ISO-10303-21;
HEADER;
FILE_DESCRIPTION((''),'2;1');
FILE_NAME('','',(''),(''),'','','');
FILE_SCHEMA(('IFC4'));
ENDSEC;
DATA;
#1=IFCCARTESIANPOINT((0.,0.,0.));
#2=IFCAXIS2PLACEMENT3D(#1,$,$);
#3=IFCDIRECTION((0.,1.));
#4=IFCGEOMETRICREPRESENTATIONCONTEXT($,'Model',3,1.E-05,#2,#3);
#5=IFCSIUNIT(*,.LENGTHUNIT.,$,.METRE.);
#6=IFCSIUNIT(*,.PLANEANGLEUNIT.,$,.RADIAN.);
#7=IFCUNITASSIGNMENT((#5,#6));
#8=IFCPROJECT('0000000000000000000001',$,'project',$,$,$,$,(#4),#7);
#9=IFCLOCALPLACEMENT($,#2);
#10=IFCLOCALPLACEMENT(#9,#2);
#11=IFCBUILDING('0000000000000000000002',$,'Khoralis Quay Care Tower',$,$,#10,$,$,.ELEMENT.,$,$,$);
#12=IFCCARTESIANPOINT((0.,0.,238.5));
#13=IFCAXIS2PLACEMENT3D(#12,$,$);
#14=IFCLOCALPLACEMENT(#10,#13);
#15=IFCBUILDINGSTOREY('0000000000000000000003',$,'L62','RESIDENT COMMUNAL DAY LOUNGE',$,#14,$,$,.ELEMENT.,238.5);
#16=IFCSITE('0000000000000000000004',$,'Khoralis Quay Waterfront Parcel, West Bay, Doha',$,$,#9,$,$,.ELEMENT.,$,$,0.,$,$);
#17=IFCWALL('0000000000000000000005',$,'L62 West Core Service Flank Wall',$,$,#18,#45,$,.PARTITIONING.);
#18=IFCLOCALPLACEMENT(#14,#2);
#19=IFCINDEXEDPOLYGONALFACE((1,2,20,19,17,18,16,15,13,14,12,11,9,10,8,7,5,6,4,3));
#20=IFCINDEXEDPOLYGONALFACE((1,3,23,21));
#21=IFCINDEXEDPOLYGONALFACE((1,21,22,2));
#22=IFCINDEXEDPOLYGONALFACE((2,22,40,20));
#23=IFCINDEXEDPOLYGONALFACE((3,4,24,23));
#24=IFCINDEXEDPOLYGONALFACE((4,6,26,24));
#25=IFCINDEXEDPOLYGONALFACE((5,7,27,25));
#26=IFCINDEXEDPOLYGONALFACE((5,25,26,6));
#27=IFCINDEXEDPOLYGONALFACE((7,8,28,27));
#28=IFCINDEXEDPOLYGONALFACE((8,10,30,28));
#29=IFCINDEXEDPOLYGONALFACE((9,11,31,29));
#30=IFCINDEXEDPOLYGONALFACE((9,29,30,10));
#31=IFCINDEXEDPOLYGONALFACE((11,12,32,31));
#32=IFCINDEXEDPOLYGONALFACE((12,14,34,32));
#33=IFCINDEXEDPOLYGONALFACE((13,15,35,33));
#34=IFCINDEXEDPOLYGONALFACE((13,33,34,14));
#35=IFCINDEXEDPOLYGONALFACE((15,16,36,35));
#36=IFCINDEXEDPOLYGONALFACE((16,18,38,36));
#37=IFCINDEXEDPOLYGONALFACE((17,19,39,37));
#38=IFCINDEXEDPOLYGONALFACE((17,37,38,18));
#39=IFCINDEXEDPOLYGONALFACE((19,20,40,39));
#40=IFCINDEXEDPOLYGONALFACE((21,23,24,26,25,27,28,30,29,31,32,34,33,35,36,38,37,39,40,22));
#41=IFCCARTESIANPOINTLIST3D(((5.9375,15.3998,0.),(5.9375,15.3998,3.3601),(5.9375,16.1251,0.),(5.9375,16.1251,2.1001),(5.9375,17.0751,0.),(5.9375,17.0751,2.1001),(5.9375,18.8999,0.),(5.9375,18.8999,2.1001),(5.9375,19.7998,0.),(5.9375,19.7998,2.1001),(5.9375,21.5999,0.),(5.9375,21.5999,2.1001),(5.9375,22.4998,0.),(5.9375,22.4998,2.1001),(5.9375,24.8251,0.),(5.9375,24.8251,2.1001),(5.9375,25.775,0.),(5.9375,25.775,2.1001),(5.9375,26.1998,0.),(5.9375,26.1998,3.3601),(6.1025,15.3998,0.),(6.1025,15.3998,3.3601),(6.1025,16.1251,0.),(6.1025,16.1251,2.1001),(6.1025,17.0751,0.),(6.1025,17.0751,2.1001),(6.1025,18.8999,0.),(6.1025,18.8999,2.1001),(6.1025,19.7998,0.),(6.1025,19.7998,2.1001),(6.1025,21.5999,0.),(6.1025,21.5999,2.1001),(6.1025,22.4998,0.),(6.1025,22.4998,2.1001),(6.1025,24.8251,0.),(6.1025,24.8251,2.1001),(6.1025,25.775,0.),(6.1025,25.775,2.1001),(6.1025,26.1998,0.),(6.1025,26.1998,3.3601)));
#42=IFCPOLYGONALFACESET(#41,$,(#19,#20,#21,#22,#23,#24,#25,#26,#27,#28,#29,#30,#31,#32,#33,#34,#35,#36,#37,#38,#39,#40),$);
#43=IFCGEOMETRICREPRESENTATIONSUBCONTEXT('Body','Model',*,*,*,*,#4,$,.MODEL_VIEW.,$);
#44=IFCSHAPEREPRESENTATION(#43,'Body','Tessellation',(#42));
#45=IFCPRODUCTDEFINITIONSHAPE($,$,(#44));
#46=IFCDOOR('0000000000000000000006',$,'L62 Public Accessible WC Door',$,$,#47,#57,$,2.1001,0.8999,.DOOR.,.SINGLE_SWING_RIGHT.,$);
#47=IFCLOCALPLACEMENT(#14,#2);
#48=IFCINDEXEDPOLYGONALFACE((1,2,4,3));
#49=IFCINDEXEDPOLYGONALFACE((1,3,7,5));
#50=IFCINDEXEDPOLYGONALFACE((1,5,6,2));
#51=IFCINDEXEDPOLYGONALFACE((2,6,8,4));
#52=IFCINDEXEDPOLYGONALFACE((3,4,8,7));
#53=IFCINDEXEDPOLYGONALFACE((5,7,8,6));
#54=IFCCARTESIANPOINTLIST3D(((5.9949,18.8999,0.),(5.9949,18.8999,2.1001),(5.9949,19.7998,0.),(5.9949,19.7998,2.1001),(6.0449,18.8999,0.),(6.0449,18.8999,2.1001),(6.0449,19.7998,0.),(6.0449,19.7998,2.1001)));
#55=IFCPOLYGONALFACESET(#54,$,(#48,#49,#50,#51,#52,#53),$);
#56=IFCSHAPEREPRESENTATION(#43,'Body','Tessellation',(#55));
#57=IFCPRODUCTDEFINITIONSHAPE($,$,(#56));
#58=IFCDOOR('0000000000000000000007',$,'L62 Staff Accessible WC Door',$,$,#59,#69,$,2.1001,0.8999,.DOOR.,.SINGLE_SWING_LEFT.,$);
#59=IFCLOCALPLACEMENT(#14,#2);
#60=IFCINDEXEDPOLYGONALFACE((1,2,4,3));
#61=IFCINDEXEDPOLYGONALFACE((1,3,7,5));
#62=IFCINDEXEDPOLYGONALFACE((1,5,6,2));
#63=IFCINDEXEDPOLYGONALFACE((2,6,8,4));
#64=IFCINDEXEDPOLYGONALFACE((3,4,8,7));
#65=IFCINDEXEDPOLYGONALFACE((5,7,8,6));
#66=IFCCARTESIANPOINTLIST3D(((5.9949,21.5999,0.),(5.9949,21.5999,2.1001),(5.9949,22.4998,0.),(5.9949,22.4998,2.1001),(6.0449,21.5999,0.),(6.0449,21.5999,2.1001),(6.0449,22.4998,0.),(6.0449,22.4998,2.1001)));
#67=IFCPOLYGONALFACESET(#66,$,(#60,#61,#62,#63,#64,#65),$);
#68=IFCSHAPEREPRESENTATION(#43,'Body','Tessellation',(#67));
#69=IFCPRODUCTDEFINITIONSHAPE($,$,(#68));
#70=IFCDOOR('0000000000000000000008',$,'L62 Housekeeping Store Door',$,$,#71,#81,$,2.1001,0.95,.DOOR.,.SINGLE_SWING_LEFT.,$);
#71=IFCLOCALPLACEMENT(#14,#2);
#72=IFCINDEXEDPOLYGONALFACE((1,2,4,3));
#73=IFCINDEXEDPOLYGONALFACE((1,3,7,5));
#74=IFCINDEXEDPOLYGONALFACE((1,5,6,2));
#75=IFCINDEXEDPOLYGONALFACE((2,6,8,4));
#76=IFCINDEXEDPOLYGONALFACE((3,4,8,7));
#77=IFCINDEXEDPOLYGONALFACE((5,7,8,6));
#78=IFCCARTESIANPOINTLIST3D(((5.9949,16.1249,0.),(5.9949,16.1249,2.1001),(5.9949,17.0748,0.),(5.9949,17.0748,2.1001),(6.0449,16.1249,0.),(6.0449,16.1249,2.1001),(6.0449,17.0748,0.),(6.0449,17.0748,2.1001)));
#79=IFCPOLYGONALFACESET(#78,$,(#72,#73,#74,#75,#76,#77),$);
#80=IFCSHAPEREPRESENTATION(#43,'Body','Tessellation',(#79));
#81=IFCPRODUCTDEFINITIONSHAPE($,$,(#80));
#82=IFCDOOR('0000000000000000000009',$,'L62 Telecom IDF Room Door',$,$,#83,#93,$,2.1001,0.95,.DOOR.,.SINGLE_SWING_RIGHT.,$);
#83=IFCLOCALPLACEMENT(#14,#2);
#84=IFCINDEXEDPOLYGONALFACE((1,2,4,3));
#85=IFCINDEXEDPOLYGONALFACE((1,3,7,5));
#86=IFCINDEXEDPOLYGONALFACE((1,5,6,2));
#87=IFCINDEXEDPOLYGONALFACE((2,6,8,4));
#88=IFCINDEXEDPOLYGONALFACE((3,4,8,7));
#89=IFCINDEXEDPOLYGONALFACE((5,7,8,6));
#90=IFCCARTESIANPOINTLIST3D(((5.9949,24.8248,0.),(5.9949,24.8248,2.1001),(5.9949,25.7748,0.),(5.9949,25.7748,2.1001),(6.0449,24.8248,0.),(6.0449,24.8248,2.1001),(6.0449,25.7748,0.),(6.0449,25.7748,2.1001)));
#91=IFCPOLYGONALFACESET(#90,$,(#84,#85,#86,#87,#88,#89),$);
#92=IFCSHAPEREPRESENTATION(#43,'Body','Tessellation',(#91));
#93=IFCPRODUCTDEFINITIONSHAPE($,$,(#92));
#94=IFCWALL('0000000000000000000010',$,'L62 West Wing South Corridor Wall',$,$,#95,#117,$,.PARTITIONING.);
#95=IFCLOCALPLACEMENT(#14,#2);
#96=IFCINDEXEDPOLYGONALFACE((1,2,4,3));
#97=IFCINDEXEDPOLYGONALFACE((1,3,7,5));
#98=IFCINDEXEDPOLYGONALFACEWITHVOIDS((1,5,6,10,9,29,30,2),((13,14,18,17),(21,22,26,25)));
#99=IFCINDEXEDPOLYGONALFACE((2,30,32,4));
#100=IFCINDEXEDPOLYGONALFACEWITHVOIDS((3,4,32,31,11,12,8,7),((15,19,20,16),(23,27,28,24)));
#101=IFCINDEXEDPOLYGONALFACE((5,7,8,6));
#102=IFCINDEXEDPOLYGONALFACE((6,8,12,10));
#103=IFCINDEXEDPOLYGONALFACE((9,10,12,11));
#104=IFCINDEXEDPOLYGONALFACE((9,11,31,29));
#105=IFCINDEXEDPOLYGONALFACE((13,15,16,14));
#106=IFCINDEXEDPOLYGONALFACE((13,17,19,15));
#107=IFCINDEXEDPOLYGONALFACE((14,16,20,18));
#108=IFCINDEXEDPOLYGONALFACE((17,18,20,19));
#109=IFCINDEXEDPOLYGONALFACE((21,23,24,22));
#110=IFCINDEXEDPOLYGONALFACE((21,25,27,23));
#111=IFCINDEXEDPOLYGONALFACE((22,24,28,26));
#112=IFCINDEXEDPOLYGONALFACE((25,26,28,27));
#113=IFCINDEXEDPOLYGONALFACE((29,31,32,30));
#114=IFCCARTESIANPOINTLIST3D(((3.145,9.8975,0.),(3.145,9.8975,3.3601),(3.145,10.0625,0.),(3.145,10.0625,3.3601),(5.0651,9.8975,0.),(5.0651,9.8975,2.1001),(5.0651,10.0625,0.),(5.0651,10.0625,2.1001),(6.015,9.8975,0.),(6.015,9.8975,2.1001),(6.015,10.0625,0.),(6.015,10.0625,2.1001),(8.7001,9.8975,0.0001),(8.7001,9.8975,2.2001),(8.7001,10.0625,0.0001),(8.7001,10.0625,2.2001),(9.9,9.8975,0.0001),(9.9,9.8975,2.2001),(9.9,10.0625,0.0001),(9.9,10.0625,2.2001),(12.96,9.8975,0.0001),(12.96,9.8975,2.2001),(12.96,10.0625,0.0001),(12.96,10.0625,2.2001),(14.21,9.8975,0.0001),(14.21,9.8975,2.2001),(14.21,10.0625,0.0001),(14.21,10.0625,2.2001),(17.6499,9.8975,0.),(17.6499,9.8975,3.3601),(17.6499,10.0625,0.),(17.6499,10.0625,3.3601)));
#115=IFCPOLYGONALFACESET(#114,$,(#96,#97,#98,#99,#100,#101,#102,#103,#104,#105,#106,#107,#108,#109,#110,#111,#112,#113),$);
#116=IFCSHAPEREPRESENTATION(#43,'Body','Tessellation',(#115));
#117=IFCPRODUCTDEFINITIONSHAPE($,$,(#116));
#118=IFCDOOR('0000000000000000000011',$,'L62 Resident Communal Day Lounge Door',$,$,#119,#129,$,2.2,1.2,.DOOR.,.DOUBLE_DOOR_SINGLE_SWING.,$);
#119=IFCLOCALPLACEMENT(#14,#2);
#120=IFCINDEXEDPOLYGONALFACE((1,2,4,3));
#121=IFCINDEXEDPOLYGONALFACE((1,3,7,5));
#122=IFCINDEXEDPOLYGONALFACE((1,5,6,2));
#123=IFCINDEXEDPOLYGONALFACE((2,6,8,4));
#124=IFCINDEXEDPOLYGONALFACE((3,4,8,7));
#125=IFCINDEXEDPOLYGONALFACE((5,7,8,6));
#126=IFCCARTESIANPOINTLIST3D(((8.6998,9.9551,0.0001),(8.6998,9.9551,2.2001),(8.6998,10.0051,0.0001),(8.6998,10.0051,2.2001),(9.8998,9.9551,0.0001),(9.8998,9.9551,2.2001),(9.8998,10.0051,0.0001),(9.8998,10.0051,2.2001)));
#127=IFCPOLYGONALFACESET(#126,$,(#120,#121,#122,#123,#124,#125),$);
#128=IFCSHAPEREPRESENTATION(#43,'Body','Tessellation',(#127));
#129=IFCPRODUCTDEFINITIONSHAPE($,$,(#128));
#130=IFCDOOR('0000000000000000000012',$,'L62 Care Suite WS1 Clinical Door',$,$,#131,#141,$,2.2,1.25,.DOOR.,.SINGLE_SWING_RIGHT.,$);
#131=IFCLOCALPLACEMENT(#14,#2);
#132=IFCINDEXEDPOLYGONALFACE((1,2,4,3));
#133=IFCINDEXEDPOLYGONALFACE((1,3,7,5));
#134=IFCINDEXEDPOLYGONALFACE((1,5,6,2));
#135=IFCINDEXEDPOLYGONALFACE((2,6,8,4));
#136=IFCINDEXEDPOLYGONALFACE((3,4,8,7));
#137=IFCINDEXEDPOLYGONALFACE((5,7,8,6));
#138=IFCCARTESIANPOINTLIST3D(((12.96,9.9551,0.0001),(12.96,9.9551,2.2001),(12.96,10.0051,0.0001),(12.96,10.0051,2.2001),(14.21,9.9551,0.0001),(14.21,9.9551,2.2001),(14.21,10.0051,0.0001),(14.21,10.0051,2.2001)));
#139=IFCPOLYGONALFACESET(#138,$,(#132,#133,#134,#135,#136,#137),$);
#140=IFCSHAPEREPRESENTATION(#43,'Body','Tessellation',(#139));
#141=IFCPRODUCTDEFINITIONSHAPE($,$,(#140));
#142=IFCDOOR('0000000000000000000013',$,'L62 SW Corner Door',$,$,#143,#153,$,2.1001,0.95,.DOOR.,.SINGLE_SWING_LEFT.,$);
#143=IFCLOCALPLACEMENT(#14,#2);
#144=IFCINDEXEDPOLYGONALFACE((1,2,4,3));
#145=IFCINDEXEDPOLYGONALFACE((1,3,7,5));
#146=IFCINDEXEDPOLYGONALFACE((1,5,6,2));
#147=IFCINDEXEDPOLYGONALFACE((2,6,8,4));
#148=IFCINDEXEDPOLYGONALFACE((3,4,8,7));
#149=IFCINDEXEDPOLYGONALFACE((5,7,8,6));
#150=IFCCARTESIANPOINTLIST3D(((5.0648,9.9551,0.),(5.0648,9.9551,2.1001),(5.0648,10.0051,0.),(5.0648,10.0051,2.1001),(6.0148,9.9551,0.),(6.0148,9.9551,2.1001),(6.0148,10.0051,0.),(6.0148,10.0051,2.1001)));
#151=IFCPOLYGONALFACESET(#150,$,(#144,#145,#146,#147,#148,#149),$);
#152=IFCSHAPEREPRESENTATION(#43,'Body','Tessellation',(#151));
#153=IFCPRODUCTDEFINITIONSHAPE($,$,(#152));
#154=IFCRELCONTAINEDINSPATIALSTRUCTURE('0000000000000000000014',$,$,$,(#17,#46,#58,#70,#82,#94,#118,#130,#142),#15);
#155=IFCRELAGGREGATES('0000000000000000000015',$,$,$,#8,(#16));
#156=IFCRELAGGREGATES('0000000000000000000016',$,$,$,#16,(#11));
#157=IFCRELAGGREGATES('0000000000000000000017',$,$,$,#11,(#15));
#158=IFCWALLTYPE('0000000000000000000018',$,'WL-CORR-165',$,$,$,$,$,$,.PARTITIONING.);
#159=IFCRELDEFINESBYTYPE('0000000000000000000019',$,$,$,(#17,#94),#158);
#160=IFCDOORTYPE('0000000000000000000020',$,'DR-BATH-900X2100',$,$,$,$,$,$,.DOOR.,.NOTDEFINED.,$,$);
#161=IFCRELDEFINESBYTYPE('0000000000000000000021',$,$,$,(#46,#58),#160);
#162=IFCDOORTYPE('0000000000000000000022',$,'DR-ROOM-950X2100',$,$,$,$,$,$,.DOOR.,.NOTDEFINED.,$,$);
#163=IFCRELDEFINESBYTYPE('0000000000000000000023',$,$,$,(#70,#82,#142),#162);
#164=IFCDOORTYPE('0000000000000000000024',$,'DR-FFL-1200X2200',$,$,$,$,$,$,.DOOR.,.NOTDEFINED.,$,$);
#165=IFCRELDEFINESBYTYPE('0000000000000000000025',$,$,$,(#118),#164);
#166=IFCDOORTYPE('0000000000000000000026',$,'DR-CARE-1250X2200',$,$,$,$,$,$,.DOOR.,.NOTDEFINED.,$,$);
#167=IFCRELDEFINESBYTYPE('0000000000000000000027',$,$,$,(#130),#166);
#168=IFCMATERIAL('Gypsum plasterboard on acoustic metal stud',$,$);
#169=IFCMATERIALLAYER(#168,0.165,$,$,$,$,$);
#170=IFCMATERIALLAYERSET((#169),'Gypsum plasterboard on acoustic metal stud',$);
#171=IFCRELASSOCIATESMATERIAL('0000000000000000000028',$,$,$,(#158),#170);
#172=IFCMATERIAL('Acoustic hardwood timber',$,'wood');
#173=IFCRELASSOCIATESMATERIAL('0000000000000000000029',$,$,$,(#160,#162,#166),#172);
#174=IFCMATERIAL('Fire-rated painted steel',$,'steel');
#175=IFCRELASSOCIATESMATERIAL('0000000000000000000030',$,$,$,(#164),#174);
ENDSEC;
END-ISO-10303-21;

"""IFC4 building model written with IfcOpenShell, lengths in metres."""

from ifc_helpers import new_model, si_unit, direction, frame, frame_2d, origin, place, context, subcontext, project, spatial, rectangle, extrude, source, transform, mapped, material, layer, layer_set, type_object, element, fill, save


model = new_model("IFC4")

# Units and contexts
model_context = context("Model", 3, precision=1e-05, world=origin(), true_north=direction((0.0, 1.0)))
body_context = subcontext(model_context, "Body", "Model", "MODEL_VIEW")
ifc_project = project(units=[si_unit("LENGTHUNIT", "METRE"), si_unit("PLANEANGLEUNIT", "RADIAN")], contexts=[model_context])

# Site, building, storey
site_placement = place(None, origin())
site = spatial("IfcSite", under=ifc_project, at=site_placement, Name="Khoralis Quay Waterfront Parcel, West Bay, Doha", CompositionType="ELEMENT", RefElevation=0.0)
building_placement = place(site_placement, origin())
building = spatial("IfcBuilding", under=site, at=building_placement, Name="Khoralis Quay Care Tower", CompositionType="ELEMENT")
storey_placement = place(building_placement, frame((0.0, 0.0, 238.5)))
storey = spatial("IfcBuildingStorey", under=building, at=storey_placement, Name="L62", Description="RESIDENT COMMUNAL DAY LOUNGE", CompositionType="ELEMENT", Elevation=238.5)

# Walls, openings, doors
ifc_material_1 = material(Name="Gypsum plasterboard on acoustic metal stud")
ifc_layer_1 = layer(ifc_material_1, 0.165)
ifc_layer_set_1 = layer_set([ifc_layer_1], Name="Gypsum plasterboard on acoustic metal stud")
wall_type_1 = type_object("IfcWallType", Name="WL-CORR-165", PredefinedType="PARTITIONING", material=ifc_layer_set_1)
wall_1_placement = place(storey_placement, frame((6.02, 15.3999, 0.0), z_axis=(0.0, 0.0, 1.0), x_axis=(0.0, 1.0, 0.0)))
wall_1 = element("IfcWall", 1, at=wall_1_placement, inside=storey, type_object=wall_type_1, Name="L62 West Core Service Flank Wall", PredefinedType="PARTITIONING", context=body_context, shape_type="SweptSolid", body=[
    extrude(rectangle(XDim=10.8, YDim=0.165, at=frame_2d((5.3999, 0.0))), origin(), (0.0, 0.0, 1.0), 3.3601),
])
opening_1_placement = place(wall_1_placement, frame((0.7251, 0.0, 0.0)))
opening_1 = element("IfcOpeningElement", 2, at=opening_1_placement, cuts=wall_1, PredefinedType="OPENING", context=body_context, shape_type="SweptSolid", body=[
    extrude(rectangle(XDim=0.95, YDim=2.1001, at=frame_2d((0.4751, 1.05))), frame((0.0, 0.0925, 0.0), z_axis=(0.0, -1.0, 0.0), x_axis=(1.0, 0.0, 0.0)), (0.0, 0.0, 1.0), 0.1851),
])
opening_2_placement = place(wall_1_placement, frame((3.5, 0.0, 0.0)))
opening_2 = element("IfcOpeningElement", 3, at=opening_2_placement, cuts=wall_1, PredefinedType="OPENING", context=body_context, shape_type="SweptSolid", body=[
    extrude(rectangle(XDim=0.8999, YDim=2.1001, at=frame_2d((0.45, 1.05))), frame((0.0, 0.0925, 0.0), z_axis=(0.0, -1.0, 0.0), x_axis=(1.0, 0.0, 0.0)), (0.0, 0.0, 1.0), 0.1851),
])
opening_3_placement = place(wall_1_placement, frame((6.2, 0.0, 0.0)))
opening_3 = element("IfcOpeningElement", 4, at=opening_3_placement, cuts=wall_1, PredefinedType="OPENING", context=body_context, shape_type="SweptSolid", body=[
    extrude(rectangle(XDim=0.8999, YDim=2.1001, at=frame_2d((0.45, 1.05))), frame((0.0, 0.0925, 0.0), z_axis=(0.0, -1.0, 0.0), x_axis=(1.0, 0.0, 0.0)), (0.0, 0.0, 1.0), 0.1851),
])
opening_4_placement = place(wall_1_placement, frame((9.425, 0.0, 0.0)))
opening_4 = element("IfcOpeningElement", 5, at=opening_4_placement, cuts=wall_1, PredefinedType="OPENING", context=body_context, shape_type="SweptSolid", body=[
    extrude(rectangle(XDim=0.95, YDim=2.1001, at=frame_2d((0.4751, 1.05))), frame((0.0, 0.0925, 0.0), z_axis=(0.0, -1.0, 0.0), x_axis=(1.0, 0.0, 0.0)), (0.0, 0.0, 1.0), 0.1851),
])
ifc_material_2 = material(Name="Acoustic hardwood timber", Category="wood")
door_type_1 = type_object("IfcDoorType", Name="DR-BATH-900X2100", OperationType="NOTDEFINED", PredefinedType="DOOR", material=ifc_material_2)
shared_shape_1 = source(origin(), body_context, "Body", "SweptSolid", [
    extrude(rectangle(XDim=0.8999, YDim=2.1001, at=frame_2d((0.45, 1.05))), frame((0.0, 0.0249, 0.0), z_axis=(0.0, -1.0, 0.0), x_axis=(1.0, 0.0, 0.0)), (0.0, 0.0, 1.0), 0.05),
])
door_1_placement = place(opening_2_placement, frame((0.8999, 0.0, 0.0), z_axis=(0.0, 0.0, 1.0), x_axis=(-1.0, 0.0, 0.0)))
door_1 = element("IfcDoor", 6, at=door_1_placement, inside=storey, type_object=door_type_1, Name="L62 Public Accessible WC Door", OperationType="SINGLE_SWING_RIGHT", OverallHeight=2.1001, OverallWidth=0.8999, PredefinedType="DOOR", context=body_context, shape_type="MappedRepresentation", body=[
    mapped(shared_shape_1, transform((0.0, 0.0, 0.0), scale=1.0)),
])
fill(opening_2, door_1)
door_2_placement = place(opening_3_placement, frame((0.8999, 0.0, 0.0), z_axis=(0.0, 0.0, 1.0), x_axis=(-1.0, 0.0, 0.0)))
door_2 = element("IfcDoor", 7, at=door_2_placement, inside=storey, type_object=door_type_1, Name="L62 Staff Accessible WC Door", OperationType="SINGLE_SWING_LEFT", OverallHeight=2.1001, OverallWidth=0.8999, PredefinedType="DOOR", context=body_context, shape_type="MappedRepresentation", body=[
    mapped(shared_shape_1, transform((0.0, 0.0, 0.0), scale=1.0)),
])
fill(opening_3, door_2)
door_type_2 = type_object("IfcDoorType", Name="DR-ROOM-950X2100", OperationType="NOTDEFINED", PredefinedType="DOOR", material=ifc_material_2)
shared_shape_2 = source(origin(), body_context, "Body", "SweptSolid", [
    extrude(rectangle(XDim=0.95, YDim=2.1001, at=frame_2d((0.4751, 1.05))), frame((0.0, 0.0249, 0.0), z_axis=(0.0, -1.0, 0.0), x_axis=(1.0, 0.0, 0.0)), (0.0, 0.0, 1.0), 0.05),
])
door_3_placement = place(opening_1_placement, frame((0.95, 0.0, 0.0), z_axis=(0.0, 0.0, 1.0), x_axis=(-1.0, 0.0, 0.0)))
door_3 = element("IfcDoor", 8, at=door_3_placement, inside=storey, type_object=door_type_2, Name="L62 Housekeeping Store Door", OperationType="SINGLE_SWING_LEFT", OverallHeight=2.1001, OverallWidth=0.95, PredefinedType="DOOR", context=body_context, shape_type="MappedRepresentation", body=[
    mapped(shared_shape_2, transform((0.0, 0.0, 0.0), scale=1.0)),
])
fill(opening_1, door_3)
door_4_placement = place(opening_4_placement, frame((0.95, 0.0, 0.0), z_axis=(0.0, 0.0, 1.0), x_axis=(-1.0, 0.0, 0.0)))
door_4 = element("IfcDoor", 9, at=door_4_placement, inside=storey, type_object=door_type_2, Name="L62 Telecom IDF Room Door", OperationType="SINGLE_SWING_RIGHT", OverallHeight=2.1001, OverallWidth=0.95, PredefinedType="DOOR", context=body_context, shape_type="MappedRepresentation", body=[
    mapped(shared_shape_2, transform((0.0, 0.0, 0.0), scale=1.0)),
])
fill(opening_4, door_4)
wall_2_placement = place(storey_placement, frame((3.145, 9.98, 0.0), z_axis=(0.0, 0.0, 1.0), x_axis=(1.0, 0.0, 0.0)))
wall_2 = element("IfcWall", 10, at=wall_2_placement, inside=storey, type_object=wall_type_1, Name="L62 West Wing South Corridor Wall", PredefinedType="PARTITIONING", context=body_context, shape_type="SweptSolid", body=[
    extrude(rectangle(XDim=14.5049, YDim=0.165, at=frame_2d((7.2524, 0.0))), origin(), (0.0, 0.0, 1.0), 3.3601),
])
opening_5_placement = place(wall_2_placement, frame((5.5549, 0.0, 0.0)))
opening_5 = element("IfcOpeningElement", 11, at=opening_5_placement, cuts=wall_2, PredefinedType="OPENING", context=body_context, shape_type="SweptSolid", body=[
    extrude(rectangle(XDim=1.2, YDim=2.2, at=frame_2d((0.6001, 1.1001))), frame((0.0, 0.0925, 0.0), z_axis=(0.0, -1.0, 0.0), x_axis=(1.0, 0.0, 0.0)), (0.0, 0.0, 1.0), 0.1851),
])
opening_6_placement = place(wall_2_placement, frame((9.8149, 0.0, 0.0)))
opening_6 = element("IfcOpeningElement", 12, at=opening_6_placement, cuts=wall_2, PredefinedType="OPENING", context=body_context, shape_type="SweptSolid", body=[
    extrude(rectangle(XDim=1.25, YDim=2.2, at=frame_2d((0.625, 1.1001))), frame((0.0, 0.0925, 0.0), z_axis=(0.0, -1.0, 0.0), x_axis=(1.0, 0.0, 0.0)), (0.0, 0.0, 1.0), 0.1851),
])
opening_7_placement = place(wall_2_placement, frame((1.9199, 0.0, 0.0)))
opening_7 = element("IfcOpeningElement", 13, at=opening_7_placement, cuts=wall_2, PredefinedType="OPENING", context=body_context, shape_type="SweptSolid", body=[
    extrude(rectangle(XDim=0.95, YDim=2.1001, at=frame_2d((0.4751, 1.05))), frame((0.0, 0.0925, 0.0), z_axis=(0.0, -1.0, 0.0), x_axis=(1.0, 0.0, 0.0)), (0.0, 0.0, 1.0), 0.1851),
])
ifc_material_3 = material(Name="Fire-rated painted steel", Category="steel")
door_type_3 = type_object("IfcDoorType", Name="DR-FFL-1200X2200", OperationType="NOTDEFINED", PredefinedType="DOOR", material=ifc_material_3)
shared_shape_3 = source(origin(), body_context, "Body", "SweptSolid", [
    extrude(rectangle(XDim=1.2, YDim=2.2, at=frame_2d((0.6001, 1.1001))), frame((0.0, 0.0249, 0.0), z_axis=(0.0, -1.0, 0.0), x_axis=(1.0, 0.0, 0.0)), (0.0, 0.0, 1.0), 0.05),
])
door_5_placement = place(opening_5_placement, frame((1.2, 0.0, 0.0), z_axis=(0.0, 0.0, 1.0), x_axis=(-1.0, 0.0, 0.0)))
door_5 = element("IfcDoor", 14, at=door_5_placement, inside=storey, type_object=door_type_3, Name="L62 Resident Communal Day Lounge Door", OperationType="DOUBLE_DOOR_SINGLE_SWING", OverallHeight=2.2, OverallWidth=1.2, PredefinedType="DOOR", context=body_context, shape_type="MappedRepresentation", body=[
    mapped(shared_shape_3, transform((0.0, 0.0, 0.0), scale=1.0)),
])
fill(opening_5, door_5)
door_type_4 = type_object("IfcDoorType", Name="DR-CARE-1250X2200", OperationType="NOTDEFINED", PredefinedType="DOOR", material=ifc_material_2)
shared_shape_4 = source(origin(), body_context, "Body", "SweptSolid", [
    extrude(rectangle(XDim=1.25, YDim=2.2, at=frame_2d((0.625, 1.1001))), frame((0.0, 0.0249, 0.0), z_axis=(0.0, -1.0, 0.0), x_axis=(1.0, 0.0, 0.0)), (0.0, 0.0, 1.0), 0.05),
])
door_6_placement = place(opening_6_placement, frame((1.25, 0.0, 0.0), z_axis=(0.0, 0.0, 1.0), x_axis=(-1.0, 0.0, 0.0)))
door_6 = element("IfcDoor", 15, at=door_6_placement, inside=storey, type_object=door_type_4, Name="L62 Care Suite WS1 Clinical Door", OperationType="SINGLE_SWING_RIGHT", OverallHeight=2.2, OverallWidth=1.25, PredefinedType="DOOR", context=body_context, shape_type="MappedRepresentation", body=[
    mapped(shared_shape_4, transform((0.0, 0.0, 0.0), scale=1.0)),
])
fill(opening_6, door_6)
door_7_placement = place(opening_7_placement, frame((0.95, 0.0, 0.0), z_axis=(0.0, 0.0, 1.0), x_axis=(-1.0, 0.0, 0.0)))
door_7 = element("IfcDoor", 16, at=door_7_placement, inside=storey, type_object=door_type_2, Name="L62 SW Corner Door", OperationType="SINGLE_SWING_LEFT", OverallHeight=2.1001, OverallWidth=0.95, PredefinedType="DOOR", context=body_context, shape_type="MappedRepresentation", body=[
    mapped(shared_shape_2, transform((0.0, 0.0, 0.0), scale=1.0)),
])
fill(opening_7, door_7)

save(model, "model.ifc")
